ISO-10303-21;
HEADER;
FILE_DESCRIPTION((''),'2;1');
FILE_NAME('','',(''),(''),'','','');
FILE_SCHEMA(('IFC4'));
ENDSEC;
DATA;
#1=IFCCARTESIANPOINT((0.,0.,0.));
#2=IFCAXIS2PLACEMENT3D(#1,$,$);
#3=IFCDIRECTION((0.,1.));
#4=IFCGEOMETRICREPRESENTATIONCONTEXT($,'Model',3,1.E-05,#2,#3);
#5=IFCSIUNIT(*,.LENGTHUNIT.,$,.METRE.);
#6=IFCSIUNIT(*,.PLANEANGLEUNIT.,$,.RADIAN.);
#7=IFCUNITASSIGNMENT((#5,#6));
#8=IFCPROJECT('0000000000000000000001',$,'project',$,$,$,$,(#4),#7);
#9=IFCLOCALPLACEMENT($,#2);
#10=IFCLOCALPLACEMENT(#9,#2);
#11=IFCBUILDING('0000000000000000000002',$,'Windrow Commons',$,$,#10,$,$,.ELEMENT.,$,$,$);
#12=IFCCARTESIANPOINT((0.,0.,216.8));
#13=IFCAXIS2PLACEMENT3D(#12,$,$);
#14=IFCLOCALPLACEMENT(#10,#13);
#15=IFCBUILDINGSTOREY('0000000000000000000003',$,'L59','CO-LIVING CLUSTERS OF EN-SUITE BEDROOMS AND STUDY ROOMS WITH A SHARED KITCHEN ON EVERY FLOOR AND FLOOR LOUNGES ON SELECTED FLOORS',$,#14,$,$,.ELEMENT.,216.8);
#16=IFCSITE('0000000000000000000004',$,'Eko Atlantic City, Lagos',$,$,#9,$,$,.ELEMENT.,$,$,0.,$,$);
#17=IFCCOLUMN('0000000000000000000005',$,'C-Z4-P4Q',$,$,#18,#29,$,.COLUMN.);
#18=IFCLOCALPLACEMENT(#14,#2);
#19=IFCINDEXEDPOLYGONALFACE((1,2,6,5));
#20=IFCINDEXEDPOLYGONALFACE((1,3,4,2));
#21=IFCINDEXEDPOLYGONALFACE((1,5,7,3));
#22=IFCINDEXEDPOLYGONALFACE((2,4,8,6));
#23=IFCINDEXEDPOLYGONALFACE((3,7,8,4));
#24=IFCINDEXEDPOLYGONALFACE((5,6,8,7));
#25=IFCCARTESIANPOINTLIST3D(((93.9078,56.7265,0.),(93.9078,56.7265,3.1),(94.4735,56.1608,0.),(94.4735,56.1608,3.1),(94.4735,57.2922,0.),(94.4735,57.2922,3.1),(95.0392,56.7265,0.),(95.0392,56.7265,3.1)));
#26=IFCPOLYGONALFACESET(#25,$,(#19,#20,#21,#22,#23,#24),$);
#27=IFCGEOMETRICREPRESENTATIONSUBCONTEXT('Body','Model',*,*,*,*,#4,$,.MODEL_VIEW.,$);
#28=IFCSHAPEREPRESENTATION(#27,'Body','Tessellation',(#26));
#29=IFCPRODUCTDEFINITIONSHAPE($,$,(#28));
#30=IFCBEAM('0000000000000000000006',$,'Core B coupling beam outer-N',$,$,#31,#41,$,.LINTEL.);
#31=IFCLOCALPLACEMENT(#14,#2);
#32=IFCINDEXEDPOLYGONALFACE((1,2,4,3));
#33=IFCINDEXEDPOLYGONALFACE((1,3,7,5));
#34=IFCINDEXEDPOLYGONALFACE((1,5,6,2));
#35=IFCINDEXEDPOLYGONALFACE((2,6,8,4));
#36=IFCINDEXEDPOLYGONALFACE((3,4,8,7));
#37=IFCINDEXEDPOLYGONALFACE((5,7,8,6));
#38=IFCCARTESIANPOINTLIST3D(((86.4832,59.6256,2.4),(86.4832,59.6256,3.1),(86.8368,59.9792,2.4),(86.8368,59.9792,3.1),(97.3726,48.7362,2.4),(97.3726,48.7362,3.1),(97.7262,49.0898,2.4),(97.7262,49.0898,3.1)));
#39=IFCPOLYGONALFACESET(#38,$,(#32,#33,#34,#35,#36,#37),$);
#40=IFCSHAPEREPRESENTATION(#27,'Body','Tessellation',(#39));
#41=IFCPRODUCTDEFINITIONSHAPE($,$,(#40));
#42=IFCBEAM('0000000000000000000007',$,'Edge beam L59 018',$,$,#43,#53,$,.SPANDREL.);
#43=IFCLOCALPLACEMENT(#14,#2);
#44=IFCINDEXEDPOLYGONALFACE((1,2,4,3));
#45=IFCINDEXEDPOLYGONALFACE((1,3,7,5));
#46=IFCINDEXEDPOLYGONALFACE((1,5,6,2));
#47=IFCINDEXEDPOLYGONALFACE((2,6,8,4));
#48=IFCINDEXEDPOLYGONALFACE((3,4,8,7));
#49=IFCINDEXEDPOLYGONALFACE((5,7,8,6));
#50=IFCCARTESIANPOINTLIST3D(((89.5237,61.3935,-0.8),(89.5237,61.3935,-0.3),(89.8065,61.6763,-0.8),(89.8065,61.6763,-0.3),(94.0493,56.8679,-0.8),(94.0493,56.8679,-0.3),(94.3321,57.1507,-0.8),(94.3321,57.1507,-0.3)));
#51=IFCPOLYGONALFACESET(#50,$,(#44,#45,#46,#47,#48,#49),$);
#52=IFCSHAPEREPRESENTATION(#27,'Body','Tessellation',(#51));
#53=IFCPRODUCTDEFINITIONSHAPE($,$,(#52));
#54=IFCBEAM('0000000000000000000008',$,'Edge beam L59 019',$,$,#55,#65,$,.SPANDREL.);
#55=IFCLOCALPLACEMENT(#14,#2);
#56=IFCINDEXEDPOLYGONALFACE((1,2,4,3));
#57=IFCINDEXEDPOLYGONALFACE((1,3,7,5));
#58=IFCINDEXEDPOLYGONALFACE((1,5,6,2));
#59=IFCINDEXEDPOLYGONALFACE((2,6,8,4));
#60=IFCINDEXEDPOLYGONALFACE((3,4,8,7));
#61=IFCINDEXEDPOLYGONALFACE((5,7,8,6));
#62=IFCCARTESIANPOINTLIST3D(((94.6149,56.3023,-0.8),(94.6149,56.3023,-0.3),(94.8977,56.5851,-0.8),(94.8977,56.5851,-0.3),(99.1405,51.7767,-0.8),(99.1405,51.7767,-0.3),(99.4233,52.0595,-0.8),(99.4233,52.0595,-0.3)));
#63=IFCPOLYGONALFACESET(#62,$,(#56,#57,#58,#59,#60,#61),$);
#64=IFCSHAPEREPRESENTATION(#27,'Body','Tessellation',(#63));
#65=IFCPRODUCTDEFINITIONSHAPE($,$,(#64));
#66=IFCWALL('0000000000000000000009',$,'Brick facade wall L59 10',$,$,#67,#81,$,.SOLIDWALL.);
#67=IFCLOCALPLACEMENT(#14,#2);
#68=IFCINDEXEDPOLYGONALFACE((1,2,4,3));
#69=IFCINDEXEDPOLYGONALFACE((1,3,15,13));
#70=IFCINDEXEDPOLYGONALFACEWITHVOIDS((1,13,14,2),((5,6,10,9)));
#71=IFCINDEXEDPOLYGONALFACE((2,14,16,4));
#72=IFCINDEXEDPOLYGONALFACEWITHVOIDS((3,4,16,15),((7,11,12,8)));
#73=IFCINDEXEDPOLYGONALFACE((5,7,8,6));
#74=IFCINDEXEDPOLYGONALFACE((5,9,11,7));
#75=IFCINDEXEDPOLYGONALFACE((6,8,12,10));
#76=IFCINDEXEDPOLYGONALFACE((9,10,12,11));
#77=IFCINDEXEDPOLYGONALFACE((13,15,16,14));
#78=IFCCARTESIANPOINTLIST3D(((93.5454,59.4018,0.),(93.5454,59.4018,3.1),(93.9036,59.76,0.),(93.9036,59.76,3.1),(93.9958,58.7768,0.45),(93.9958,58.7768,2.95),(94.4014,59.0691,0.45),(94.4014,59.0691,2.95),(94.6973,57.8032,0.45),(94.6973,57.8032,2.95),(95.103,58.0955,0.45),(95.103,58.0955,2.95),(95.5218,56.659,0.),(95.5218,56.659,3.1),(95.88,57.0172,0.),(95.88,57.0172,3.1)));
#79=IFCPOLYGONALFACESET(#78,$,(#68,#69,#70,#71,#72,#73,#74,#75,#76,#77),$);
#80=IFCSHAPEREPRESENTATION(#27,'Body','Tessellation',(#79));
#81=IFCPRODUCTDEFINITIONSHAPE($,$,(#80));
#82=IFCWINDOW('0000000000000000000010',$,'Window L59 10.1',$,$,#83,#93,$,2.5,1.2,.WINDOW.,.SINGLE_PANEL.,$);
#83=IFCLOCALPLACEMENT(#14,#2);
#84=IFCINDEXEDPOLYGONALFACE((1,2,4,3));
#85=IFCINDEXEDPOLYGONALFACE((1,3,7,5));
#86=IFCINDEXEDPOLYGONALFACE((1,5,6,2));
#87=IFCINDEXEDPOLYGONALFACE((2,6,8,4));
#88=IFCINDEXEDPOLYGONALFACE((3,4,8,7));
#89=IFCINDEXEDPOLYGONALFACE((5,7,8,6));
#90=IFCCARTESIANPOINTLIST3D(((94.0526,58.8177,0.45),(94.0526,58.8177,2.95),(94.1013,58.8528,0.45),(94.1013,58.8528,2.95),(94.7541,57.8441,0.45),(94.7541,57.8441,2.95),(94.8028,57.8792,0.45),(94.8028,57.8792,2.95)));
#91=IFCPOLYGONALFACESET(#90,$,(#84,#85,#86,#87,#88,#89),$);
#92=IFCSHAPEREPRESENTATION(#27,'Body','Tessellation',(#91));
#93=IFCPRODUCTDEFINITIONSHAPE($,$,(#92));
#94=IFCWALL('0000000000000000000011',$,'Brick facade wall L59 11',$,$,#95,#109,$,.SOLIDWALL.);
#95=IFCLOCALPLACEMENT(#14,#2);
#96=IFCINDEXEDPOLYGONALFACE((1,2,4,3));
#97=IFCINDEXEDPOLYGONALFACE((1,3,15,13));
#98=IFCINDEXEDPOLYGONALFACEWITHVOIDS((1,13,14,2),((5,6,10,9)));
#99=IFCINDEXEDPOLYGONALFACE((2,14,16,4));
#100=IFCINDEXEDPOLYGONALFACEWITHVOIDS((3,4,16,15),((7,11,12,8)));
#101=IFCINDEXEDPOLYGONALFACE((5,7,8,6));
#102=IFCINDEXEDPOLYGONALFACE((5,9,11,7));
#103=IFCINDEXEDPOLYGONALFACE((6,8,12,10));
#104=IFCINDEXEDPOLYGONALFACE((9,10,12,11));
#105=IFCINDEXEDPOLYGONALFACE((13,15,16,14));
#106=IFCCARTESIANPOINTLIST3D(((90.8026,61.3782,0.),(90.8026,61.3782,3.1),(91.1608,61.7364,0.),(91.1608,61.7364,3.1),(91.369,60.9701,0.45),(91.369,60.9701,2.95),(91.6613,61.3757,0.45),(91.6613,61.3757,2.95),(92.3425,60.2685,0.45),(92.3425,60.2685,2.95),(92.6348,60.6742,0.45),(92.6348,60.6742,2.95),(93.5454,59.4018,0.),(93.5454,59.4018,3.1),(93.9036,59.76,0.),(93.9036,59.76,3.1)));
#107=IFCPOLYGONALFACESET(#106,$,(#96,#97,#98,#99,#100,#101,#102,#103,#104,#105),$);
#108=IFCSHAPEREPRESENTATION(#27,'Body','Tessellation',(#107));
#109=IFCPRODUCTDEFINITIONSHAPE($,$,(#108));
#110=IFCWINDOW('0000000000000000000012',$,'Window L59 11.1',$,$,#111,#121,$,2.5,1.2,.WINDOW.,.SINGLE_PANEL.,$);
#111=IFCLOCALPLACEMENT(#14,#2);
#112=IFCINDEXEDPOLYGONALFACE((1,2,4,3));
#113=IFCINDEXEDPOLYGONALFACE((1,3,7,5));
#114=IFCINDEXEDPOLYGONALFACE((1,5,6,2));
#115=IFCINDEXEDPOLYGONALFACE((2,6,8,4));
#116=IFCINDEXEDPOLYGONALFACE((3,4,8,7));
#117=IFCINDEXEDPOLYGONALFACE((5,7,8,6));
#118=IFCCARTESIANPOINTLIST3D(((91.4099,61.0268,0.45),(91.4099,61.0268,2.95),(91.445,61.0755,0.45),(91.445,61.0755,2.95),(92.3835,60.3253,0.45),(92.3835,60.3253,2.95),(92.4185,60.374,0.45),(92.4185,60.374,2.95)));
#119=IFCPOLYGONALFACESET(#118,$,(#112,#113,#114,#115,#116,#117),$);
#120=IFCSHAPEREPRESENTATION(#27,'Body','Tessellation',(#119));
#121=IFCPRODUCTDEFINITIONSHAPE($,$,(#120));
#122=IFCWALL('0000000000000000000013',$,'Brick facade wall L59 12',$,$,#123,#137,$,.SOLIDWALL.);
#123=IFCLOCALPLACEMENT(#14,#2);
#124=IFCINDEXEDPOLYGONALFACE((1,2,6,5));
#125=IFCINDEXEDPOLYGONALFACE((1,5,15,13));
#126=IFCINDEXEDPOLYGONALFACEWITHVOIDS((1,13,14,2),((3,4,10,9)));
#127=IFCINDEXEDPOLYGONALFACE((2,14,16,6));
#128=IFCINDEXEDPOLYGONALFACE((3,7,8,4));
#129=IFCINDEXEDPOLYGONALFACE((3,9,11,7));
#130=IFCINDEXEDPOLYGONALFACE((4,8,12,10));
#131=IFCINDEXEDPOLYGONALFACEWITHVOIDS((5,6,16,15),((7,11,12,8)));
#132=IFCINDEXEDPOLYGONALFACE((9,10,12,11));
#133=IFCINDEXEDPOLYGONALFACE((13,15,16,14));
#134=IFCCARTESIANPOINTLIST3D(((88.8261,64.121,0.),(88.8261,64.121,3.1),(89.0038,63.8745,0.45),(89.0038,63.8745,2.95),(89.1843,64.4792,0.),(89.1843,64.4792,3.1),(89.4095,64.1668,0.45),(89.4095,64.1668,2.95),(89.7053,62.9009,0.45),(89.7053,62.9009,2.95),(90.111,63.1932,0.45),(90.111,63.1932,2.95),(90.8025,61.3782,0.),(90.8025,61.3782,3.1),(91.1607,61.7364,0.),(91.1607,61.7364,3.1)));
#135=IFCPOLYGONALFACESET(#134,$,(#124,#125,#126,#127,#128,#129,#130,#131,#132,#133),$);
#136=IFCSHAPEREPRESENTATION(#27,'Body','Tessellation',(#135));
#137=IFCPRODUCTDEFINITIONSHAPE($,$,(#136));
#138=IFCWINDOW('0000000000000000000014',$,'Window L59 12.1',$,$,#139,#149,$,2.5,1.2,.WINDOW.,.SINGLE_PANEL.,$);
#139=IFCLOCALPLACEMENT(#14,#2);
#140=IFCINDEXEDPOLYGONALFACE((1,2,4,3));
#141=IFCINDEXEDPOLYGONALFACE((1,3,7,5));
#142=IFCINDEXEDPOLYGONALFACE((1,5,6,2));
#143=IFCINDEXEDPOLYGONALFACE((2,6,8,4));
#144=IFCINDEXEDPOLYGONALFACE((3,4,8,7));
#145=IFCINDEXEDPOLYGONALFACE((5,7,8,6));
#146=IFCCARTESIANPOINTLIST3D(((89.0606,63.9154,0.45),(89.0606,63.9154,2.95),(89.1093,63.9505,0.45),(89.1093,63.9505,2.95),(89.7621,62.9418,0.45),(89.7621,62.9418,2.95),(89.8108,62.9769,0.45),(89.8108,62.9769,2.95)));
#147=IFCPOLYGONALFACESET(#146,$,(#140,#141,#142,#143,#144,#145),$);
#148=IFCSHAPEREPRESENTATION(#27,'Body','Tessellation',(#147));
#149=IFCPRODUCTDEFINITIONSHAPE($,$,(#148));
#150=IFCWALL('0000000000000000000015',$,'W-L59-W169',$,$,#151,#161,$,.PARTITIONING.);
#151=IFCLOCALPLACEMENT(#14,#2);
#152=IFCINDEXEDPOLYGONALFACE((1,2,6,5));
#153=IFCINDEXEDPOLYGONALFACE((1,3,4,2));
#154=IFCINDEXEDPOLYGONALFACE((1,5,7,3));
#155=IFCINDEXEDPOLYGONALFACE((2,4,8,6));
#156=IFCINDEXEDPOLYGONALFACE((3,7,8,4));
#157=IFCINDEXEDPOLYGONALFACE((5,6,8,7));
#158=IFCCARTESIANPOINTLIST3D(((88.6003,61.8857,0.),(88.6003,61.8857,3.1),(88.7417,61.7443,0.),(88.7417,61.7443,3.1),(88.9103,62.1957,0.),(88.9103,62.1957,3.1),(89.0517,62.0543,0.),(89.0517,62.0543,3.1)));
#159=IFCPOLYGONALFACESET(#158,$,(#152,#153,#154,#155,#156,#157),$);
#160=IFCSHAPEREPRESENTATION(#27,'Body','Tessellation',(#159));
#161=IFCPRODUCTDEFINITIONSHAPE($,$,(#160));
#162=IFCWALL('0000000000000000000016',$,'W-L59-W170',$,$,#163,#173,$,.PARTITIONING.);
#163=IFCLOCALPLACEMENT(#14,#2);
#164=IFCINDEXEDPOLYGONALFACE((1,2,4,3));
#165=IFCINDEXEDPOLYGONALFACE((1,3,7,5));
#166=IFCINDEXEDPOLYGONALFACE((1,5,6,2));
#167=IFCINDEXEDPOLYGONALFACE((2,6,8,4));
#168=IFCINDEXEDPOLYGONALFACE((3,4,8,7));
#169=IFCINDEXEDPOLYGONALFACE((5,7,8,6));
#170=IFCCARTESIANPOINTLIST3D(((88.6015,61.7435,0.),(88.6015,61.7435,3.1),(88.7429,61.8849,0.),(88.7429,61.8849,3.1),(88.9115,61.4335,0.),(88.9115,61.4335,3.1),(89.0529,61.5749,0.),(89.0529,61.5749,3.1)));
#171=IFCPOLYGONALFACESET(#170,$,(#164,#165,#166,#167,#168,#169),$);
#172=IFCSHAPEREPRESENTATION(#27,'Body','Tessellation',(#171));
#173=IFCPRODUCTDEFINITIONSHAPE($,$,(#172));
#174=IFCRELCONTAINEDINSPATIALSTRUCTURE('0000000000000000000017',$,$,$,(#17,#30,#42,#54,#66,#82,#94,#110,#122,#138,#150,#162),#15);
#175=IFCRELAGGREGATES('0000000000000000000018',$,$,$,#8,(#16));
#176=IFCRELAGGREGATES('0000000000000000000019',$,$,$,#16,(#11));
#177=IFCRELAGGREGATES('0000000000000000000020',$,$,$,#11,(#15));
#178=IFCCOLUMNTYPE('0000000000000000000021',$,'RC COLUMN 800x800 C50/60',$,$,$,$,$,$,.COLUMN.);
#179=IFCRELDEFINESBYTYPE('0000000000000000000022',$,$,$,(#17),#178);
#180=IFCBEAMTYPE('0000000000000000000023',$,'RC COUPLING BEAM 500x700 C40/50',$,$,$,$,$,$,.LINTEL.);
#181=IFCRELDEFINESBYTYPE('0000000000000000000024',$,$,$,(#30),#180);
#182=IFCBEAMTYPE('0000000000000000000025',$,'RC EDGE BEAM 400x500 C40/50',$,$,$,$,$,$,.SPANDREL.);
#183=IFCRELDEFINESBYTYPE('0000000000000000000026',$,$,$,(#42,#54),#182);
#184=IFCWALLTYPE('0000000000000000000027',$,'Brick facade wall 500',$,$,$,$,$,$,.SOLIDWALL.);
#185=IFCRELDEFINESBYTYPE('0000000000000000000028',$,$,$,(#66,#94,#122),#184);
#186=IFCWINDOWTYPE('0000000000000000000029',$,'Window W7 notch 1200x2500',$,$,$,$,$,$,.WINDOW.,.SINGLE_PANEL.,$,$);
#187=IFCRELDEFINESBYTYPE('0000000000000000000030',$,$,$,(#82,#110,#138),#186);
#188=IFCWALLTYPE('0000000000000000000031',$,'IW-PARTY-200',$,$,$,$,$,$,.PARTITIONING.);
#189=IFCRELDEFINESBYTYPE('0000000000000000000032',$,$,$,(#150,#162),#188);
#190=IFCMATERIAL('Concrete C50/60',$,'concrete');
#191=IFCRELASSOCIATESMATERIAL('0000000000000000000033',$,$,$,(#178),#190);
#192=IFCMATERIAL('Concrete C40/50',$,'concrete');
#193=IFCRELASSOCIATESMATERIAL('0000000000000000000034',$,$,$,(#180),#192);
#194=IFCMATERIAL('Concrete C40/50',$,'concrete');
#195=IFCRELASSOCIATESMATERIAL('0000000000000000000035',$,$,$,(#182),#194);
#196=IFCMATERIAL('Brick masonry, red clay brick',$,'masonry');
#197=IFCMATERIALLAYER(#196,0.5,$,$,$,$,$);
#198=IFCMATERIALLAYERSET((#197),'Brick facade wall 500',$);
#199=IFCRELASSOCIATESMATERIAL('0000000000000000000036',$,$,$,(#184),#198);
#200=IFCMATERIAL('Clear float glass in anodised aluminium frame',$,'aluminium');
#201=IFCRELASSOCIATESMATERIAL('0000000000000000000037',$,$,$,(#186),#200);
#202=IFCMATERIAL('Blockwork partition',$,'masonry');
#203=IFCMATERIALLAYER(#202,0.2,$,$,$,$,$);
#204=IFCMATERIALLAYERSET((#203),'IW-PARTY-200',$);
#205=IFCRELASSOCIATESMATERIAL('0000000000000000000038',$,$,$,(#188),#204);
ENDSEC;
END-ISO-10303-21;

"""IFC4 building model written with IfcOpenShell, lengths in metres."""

from ifc_helpers import new_model, si_unit, direction, frame, frame_2d, origin, origin_2d, place, context, subcontext, project, spatial, polyline, rectangle, outline, extrude, material, layer, layer_set, material_profile, profile_set, type_object, element, fill, save


model = new_model("IFC4")

# Units and contexts
model_context = context("Model", 3, precision=1e-05, world=origin(), true_north=direction((0.0, 1.0)))
body_context = subcontext(model_context, "Body", "Model", "MODEL_VIEW")
ifc_project = project(units=[si_unit("LENGTHUNIT", "METRE"), si_unit("PLANEANGLEUNIT", "RADIAN")], contexts=[model_context])

# Site, building, storey
site_placement = place(None, origin())
site = spatial("IfcSite", under=ifc_project, at=site_placement, Name="Eko Atlantic City, Lagos", CompositionType="ELEMENT", RefElevation=0.0)
building_placement = place(site_placement, origin())
building = spatial("IfcBuilding", under=site, at=building_placement, Name="Windrow Commons", CompositionType="ELEMENT")
storey_placement = place(building_placement, frame((0.0, 0.0, 216.8)))
storey = spatial("IfcBuildingStorey", under=building, at=storey_placement, Name="L59", Description="CO-LIVING CLUSTERS OF EN-SUITE BEDROOMS AND STUDY ROOMS WITH A SHARED KITCHEN ON EVERY FLOOR AND FLOOR LOUNGES ON SELECTED FLOORS", CompositionType="ELEMENT", Elevation=216.8)

# Column
ifc_material_1 = material(Name="Concrete C50/60", Category="concrete")
ifc_material_profile_1 = material_profile(ifc_material_1, rectangle(XDim=0.8, YDim=0.8, at=origin_2d()))
ifc_profile_set_1 = profile_set([ifc_material_profile_1], Name="Concrete C50/60")
column_type = type_object("IfcColumnType", Name="RC COLUMN 800x800 C50/60", PredefinedType="COLUMN", material=ifc_profile_set_1)
column_placement = place(storey_placement, frame((94.4735, 56.7265, 0.0), z_axis=(0.0, 0.0, 1.0), x_axis=(0.707107, -0.707107, 0.0)))
element("IfcColumn", 1, at=column_placement, inside=storey, type_object=column_type, Name="C-Z4-P4Q", PredefinedType="COLUMN", context=body_context, shape_type="SweptSolid", body=[
    extrude(rectangle(XDim=0.8, YDim=0.8, at=origin_2d()), origin(), (0.0, 0.0, 1.0), 3.1),
])

# Beams
ifc_material_2 = material(Name="Concrete C40/50", Category="concrete")
ifc_material_profile_2 = material_profile(ifc_material_2, rectangle(XDim=0.5, YDim=0.7, at=origin_2d()))
ifc_profile_set_2 = profile_set([ifc_material_profile_2], Name="Concrete C40/50")
beam_type_1 = type_object("IfcBeamType", Name="RC COUPLING BEAM 500x700 C40/50", PredefinedType="LINTEL", material=ifc_profile_set_2)
beam_placement = place(storey_placement, frame((86.66, 59.8024, 2.75), z_axis=(0.707107, -0.707107, 0.0), x_axis=(0.707107, 0.707107, 0.0)))
element("IfcBeam", 2, at=beam_placement, inside=storey, type_object=beam_type_1, Name="Core B coupling beam outer-N", PredefinedType="LINTEL", context=body_context, shape_type="SweptSolid", body=[
    extrude(rectangle(XDim=0.5, YDim=0.7, at=origin_2d()), origin(), (0.0, 0.0, 1.0), 15.3999),
])
ifc_material_3 = material(Name="Concrete C40/50", Category="concrete")
ifc_material_profile_3 = material_profile(ifc_material_3, rectangle(XDim=0.4, YDim=0.5, at=origin_2d()))
ifc_profile_set_3 = profile_set([ifc_material_profile_3], Name="Concrete C40/50")
beam_type_2 = type_object("IfcBeamType", Name="RC EDGE BEAM 400x500 C40/50", PredefinedType="SPANDREL", material=ifc_profile_set_3)
for number, where, z_axis, x_axis, name in (
    (3, (89.6651, 61.5349, -0.55), (0.707107, -0.707107, 0.0), (0.707107, 0.707107, 0.0), "Edge beam L59 018"),
    (4, (94.7563, 56.4437, -0.55), (0.707107, -0.707107, 0.0), (0.707107, 0.707107, 0.0), "Edge beam L59 019"),
):
    element("IfcBeam", number, at=place(storey_placement, frame(where, z_axis=z_axis, x_axis=x_axis)), inside=storey, type_object=beam_type_2, Name=name, PredefinedType="SPANDREL", context=body_context, shape_type="SweptSolid", body=[
        extrude(rectangle(XDim=0.4, YDim=0.5, at=origin_2d()), origin(), (0.0, 0.0, 1.0), 6.4002),
    ])

# Walls, openings, windows
ifc_material_4 = material(Name="Brick masonry, red clay brick", Category="masonry")
ifc_layer_1 = layer(ifc_material_4, 0.5)
ifc_layer_set_1 = layer_set([ifc_layer_1], Name="Brick facade wall 500")
wall_type_1 = type_object("IfcWallType", Name="Brick facade wall 500", PredefinedType="SOLIDWALL", material=ifc_layer_set_1)
wall_1_placement = place(storey_placement, frame((95.7009, 56.8381, 0.0), z_axis=(0.0, 0.0, 1.0), x_axis=(-0.584613, 0.811312, 0.0)))
wall_1 = element("IfcWall", 5, at=wall_1_placement, inside=storey, type_object=wall_type_1, Name="Brick facade wall L59 10", PredefinedType="SOLIDWALL", context=body_context, shape_type="SweptSolid", body=[
    extrude(outline(polyline([(0.0406, -0.25), (3.4213, -0.25), (3.3401, 0.25), (-0.0406, 0.25), (0.0406, -0.25)])), origin(), (0.0, 0.0, 1.0), 3.1),
])
opening_1_placement = place(wall_1_placement, frame((1.3697, 0.0, 0.45)))
opening_1 = element("IfcOpeningElement", 6, at=opening_1_placement, cuts=wall_1, PredefinedType="OPENING", context=body_context, shape_type="SweptSolid", body=[
    extrude(rectangle(XDim=1.2, YDim=2.5, at=frame_2d((0.6, 1.25))), frame((0.0, 0.26, 0.0), z_axis=(0.0, -1.0, 0.0), x_axis=(1.0, 0.0, 0.0)), (0.0, 0.0, 1.0), 0.52),
])
ifc_material_5 = material(Name="Clear float glass in anodised aluminium frame", Category="aluminium")
window_type = type_object("IfcWindowType", Name="Window W7 notch 1200x2500", PartitioningType="SINGLE_PANEL", PredefinedType="WINDOW", material=ifc_material_5)
window_1_placement = place(opening_1_placement, origin())
window_1 = element("IfcWindow", 7, at=window_1_placement, inside=storey, type_object=window_type, Name="Window L59 10.1", OverallHeight=2.5, OverallWidth=1.2, PartitioningType="SINGLE_PANEL", PredefinedType="WINDOW", context=body_context, shape_type="SweptSolid", body=[
    extrude(rectangle(XDim=1.2, YDim=2.5, at=frame_2d((0.6, 1.25))), frame((0.0, 0.18, 0.0), z_axis=(0.0, -1.0, 0.0), x_axis=(1.0, 0.0, 0.0)), (0.0, 0.0, 1.0), 0.06),
])
fill(opening_1, window_1)
wall_2_placement = place(storey_placement, frame((93.7245, 59.5809, 0.0), z_axis=(0.0, 0.0, 1.0), x_axis=(-0.811322, 0.584599, 0.0)))
wall_2 = element("IfcWall", 8, at=wall_2_placement, inside=storey, type_object=wall_type_1, Name="Brick facade wall L59 11", PredefinedType="SOLIDWALL", context=body_context, shape_type="SweptSolid", body=[
    extrude(outline(polyline([(-0.0406, -0.25), (3.3401, -0.25), (3.4213, 0.25), (0.0406, 0.25), (-0.0406, -0.25)])), origin(), (0.0, 0.0, 1.0), 3.1),
])
opening_2_placement = place(wall_2_placement, frame((1.5232, 0.0, 0.45)))
opening_2 = element("IfcOpeningElement", 9, at=opening_2_placement, cuts=wall_2, PredefinedType="OPENING", context=body_context, shape_type="SweptSolid", body=[
    extrude(rectangle(XDim=1.2, YDim=2.5, at=frame_2d((0.6, 1.25))), frame((0.0, 0.26, 0.0), z_axis=(0.0, -1.0, 0.0), x_axis=(1.0, 0.0, 0.0)), (0.0, 0.0, 1.0), 0.52),
])
window_2_placement = place(opening_2_placement, origin())
window_2 = element("IfcWindow", 10, at=window_2_placement, inside=storey, type_object=window_type, Name="Window L59 11.1", OverallHeight=2.5, OverallWidth=1.2, PartitioningType="SINGLE_PANEL", PredefinedType="WINDOW", context=body_context, shape_type="SweptSolid", body=[
    extrude(rectangle(XDim=1.2, YDim=2.5, at=frame_2d((0.6, 1.25))), frame((0.0, 0.18, 0.0), z_axis=(0.0, -1.0, 0.0), x_axis=(1.0, 0.0, 0.0)), (0.0, 0.0, 1.0), 0.06),
])
fill(opening_2, window_2)
wall_3_placement = place(storey_placement, frame((90.9816, 61.5573, 0.0), z_axis=(0.0, 0.0, 1.0), x_axis=(-0.584599, 0.811322, 0.0)))
wall_3 = element("IfcWall", 11, at=wall_3_placement, inside=storey, type_object=wall_type_1, Name="Brick facade wall L59 12", PredefinedType="SOLIDWALL", context=body_context, shape_type="SweptSolid", body=[
    extrude(outline(polyline([(0.0406, -0.25), (3.4213, -0.25), (3.3401, 0.25), (-0.0406, 0.25), (0.0406, -0.25)])), origin(), (0.0, 0.0, 1.0), 3.1),
])
opening_3_placement = place(wall_3_placement, frame((1.8362, 0.0, 0.45)))
opening_3 = element("IfcOpeningElement", 12, at=opening_3_placement, cuts=wall_3, PredefinedType="OPENING", context=body_context, shape_type="SweptSolid", body=[
    extrude(rectangle(XDim=1.2, YDim=2.5, at=frame_2d((0.6, 1.25))), frame((0.0, 0.26, 0.0), z_axis=(0.0, -1.0, 0.0), x_axis=(1.0, 0.0, 0.0)), (0.0, 0.0, 1.0), 0.52),
])
window_3_placement = place(opening_3_placement, origin())
window_3 = element("IfcWindow", 13, at=window_3_placement, inside=storey, type_object=window_type, Name="Window L59 12.1", OverallHeight=2.5, OverallWidth=1.2, PartitioningType="SINGLE_PANEL", PredefinedType="WINDOW", context=body_context, shape_type="SweptSolid", body=[
    extrude(rectangle(XDim=1.2, YDim=2.5, at=frame_2d((0.6, 1.25))), frame((0.0, 0.18, 0.0), z_axis=(0.0, -1.0, 0.0), x_axis=(1.0, 0.0, 0.0)), (0.0, 0.0, 1.0), 0.06),
])
fill(opening_3, window_3)

# Walls
ifc_material_6 = material(Name="Blockwork partition", Category="masonry")
ifc_layer_2 = layer(ifc_material_6, 0.2)
ifc_layer_set_2 = layer_set([ifc_layer_2], Name="IW-PARTY-200")
wall_type_2 = type_object("IfcWallType", Name="IW-PARTY-200", PredefinedType="PARTITIONING", material=ifc_layer_set_2)
for number, where, z_axis, x_axis, name in (
    (14, (88.671, 61.815, 0.0), (0.0, 0.0, 1.0), (0.707107, 0.707107, 0.0), "W-L59-W169"),
    (15, (88.6722, 61.8142, 0.0), (0.0, 0.0, 1.0), (0.707107, -0.707107, 0.0), "W-L59-W170"),
):
    element("IfcWall", number, at=place(storey_placement, frame(where, z_axis=z_axis, x_axis=x_axis)), inside=storey, type_object=wall_type_2, Name=name, PredefinedType="PARTITIONING", context=body_context, shape_type="SweptSolid", body=[
        extrude(rectangle(XDim=0.4384, YDim=0.2, at=frame_2d((0.2192, 0.0))), origin(), (0.0, 0.0, 1.0), 3.1),
    ])

save(model, "model.ifc")
